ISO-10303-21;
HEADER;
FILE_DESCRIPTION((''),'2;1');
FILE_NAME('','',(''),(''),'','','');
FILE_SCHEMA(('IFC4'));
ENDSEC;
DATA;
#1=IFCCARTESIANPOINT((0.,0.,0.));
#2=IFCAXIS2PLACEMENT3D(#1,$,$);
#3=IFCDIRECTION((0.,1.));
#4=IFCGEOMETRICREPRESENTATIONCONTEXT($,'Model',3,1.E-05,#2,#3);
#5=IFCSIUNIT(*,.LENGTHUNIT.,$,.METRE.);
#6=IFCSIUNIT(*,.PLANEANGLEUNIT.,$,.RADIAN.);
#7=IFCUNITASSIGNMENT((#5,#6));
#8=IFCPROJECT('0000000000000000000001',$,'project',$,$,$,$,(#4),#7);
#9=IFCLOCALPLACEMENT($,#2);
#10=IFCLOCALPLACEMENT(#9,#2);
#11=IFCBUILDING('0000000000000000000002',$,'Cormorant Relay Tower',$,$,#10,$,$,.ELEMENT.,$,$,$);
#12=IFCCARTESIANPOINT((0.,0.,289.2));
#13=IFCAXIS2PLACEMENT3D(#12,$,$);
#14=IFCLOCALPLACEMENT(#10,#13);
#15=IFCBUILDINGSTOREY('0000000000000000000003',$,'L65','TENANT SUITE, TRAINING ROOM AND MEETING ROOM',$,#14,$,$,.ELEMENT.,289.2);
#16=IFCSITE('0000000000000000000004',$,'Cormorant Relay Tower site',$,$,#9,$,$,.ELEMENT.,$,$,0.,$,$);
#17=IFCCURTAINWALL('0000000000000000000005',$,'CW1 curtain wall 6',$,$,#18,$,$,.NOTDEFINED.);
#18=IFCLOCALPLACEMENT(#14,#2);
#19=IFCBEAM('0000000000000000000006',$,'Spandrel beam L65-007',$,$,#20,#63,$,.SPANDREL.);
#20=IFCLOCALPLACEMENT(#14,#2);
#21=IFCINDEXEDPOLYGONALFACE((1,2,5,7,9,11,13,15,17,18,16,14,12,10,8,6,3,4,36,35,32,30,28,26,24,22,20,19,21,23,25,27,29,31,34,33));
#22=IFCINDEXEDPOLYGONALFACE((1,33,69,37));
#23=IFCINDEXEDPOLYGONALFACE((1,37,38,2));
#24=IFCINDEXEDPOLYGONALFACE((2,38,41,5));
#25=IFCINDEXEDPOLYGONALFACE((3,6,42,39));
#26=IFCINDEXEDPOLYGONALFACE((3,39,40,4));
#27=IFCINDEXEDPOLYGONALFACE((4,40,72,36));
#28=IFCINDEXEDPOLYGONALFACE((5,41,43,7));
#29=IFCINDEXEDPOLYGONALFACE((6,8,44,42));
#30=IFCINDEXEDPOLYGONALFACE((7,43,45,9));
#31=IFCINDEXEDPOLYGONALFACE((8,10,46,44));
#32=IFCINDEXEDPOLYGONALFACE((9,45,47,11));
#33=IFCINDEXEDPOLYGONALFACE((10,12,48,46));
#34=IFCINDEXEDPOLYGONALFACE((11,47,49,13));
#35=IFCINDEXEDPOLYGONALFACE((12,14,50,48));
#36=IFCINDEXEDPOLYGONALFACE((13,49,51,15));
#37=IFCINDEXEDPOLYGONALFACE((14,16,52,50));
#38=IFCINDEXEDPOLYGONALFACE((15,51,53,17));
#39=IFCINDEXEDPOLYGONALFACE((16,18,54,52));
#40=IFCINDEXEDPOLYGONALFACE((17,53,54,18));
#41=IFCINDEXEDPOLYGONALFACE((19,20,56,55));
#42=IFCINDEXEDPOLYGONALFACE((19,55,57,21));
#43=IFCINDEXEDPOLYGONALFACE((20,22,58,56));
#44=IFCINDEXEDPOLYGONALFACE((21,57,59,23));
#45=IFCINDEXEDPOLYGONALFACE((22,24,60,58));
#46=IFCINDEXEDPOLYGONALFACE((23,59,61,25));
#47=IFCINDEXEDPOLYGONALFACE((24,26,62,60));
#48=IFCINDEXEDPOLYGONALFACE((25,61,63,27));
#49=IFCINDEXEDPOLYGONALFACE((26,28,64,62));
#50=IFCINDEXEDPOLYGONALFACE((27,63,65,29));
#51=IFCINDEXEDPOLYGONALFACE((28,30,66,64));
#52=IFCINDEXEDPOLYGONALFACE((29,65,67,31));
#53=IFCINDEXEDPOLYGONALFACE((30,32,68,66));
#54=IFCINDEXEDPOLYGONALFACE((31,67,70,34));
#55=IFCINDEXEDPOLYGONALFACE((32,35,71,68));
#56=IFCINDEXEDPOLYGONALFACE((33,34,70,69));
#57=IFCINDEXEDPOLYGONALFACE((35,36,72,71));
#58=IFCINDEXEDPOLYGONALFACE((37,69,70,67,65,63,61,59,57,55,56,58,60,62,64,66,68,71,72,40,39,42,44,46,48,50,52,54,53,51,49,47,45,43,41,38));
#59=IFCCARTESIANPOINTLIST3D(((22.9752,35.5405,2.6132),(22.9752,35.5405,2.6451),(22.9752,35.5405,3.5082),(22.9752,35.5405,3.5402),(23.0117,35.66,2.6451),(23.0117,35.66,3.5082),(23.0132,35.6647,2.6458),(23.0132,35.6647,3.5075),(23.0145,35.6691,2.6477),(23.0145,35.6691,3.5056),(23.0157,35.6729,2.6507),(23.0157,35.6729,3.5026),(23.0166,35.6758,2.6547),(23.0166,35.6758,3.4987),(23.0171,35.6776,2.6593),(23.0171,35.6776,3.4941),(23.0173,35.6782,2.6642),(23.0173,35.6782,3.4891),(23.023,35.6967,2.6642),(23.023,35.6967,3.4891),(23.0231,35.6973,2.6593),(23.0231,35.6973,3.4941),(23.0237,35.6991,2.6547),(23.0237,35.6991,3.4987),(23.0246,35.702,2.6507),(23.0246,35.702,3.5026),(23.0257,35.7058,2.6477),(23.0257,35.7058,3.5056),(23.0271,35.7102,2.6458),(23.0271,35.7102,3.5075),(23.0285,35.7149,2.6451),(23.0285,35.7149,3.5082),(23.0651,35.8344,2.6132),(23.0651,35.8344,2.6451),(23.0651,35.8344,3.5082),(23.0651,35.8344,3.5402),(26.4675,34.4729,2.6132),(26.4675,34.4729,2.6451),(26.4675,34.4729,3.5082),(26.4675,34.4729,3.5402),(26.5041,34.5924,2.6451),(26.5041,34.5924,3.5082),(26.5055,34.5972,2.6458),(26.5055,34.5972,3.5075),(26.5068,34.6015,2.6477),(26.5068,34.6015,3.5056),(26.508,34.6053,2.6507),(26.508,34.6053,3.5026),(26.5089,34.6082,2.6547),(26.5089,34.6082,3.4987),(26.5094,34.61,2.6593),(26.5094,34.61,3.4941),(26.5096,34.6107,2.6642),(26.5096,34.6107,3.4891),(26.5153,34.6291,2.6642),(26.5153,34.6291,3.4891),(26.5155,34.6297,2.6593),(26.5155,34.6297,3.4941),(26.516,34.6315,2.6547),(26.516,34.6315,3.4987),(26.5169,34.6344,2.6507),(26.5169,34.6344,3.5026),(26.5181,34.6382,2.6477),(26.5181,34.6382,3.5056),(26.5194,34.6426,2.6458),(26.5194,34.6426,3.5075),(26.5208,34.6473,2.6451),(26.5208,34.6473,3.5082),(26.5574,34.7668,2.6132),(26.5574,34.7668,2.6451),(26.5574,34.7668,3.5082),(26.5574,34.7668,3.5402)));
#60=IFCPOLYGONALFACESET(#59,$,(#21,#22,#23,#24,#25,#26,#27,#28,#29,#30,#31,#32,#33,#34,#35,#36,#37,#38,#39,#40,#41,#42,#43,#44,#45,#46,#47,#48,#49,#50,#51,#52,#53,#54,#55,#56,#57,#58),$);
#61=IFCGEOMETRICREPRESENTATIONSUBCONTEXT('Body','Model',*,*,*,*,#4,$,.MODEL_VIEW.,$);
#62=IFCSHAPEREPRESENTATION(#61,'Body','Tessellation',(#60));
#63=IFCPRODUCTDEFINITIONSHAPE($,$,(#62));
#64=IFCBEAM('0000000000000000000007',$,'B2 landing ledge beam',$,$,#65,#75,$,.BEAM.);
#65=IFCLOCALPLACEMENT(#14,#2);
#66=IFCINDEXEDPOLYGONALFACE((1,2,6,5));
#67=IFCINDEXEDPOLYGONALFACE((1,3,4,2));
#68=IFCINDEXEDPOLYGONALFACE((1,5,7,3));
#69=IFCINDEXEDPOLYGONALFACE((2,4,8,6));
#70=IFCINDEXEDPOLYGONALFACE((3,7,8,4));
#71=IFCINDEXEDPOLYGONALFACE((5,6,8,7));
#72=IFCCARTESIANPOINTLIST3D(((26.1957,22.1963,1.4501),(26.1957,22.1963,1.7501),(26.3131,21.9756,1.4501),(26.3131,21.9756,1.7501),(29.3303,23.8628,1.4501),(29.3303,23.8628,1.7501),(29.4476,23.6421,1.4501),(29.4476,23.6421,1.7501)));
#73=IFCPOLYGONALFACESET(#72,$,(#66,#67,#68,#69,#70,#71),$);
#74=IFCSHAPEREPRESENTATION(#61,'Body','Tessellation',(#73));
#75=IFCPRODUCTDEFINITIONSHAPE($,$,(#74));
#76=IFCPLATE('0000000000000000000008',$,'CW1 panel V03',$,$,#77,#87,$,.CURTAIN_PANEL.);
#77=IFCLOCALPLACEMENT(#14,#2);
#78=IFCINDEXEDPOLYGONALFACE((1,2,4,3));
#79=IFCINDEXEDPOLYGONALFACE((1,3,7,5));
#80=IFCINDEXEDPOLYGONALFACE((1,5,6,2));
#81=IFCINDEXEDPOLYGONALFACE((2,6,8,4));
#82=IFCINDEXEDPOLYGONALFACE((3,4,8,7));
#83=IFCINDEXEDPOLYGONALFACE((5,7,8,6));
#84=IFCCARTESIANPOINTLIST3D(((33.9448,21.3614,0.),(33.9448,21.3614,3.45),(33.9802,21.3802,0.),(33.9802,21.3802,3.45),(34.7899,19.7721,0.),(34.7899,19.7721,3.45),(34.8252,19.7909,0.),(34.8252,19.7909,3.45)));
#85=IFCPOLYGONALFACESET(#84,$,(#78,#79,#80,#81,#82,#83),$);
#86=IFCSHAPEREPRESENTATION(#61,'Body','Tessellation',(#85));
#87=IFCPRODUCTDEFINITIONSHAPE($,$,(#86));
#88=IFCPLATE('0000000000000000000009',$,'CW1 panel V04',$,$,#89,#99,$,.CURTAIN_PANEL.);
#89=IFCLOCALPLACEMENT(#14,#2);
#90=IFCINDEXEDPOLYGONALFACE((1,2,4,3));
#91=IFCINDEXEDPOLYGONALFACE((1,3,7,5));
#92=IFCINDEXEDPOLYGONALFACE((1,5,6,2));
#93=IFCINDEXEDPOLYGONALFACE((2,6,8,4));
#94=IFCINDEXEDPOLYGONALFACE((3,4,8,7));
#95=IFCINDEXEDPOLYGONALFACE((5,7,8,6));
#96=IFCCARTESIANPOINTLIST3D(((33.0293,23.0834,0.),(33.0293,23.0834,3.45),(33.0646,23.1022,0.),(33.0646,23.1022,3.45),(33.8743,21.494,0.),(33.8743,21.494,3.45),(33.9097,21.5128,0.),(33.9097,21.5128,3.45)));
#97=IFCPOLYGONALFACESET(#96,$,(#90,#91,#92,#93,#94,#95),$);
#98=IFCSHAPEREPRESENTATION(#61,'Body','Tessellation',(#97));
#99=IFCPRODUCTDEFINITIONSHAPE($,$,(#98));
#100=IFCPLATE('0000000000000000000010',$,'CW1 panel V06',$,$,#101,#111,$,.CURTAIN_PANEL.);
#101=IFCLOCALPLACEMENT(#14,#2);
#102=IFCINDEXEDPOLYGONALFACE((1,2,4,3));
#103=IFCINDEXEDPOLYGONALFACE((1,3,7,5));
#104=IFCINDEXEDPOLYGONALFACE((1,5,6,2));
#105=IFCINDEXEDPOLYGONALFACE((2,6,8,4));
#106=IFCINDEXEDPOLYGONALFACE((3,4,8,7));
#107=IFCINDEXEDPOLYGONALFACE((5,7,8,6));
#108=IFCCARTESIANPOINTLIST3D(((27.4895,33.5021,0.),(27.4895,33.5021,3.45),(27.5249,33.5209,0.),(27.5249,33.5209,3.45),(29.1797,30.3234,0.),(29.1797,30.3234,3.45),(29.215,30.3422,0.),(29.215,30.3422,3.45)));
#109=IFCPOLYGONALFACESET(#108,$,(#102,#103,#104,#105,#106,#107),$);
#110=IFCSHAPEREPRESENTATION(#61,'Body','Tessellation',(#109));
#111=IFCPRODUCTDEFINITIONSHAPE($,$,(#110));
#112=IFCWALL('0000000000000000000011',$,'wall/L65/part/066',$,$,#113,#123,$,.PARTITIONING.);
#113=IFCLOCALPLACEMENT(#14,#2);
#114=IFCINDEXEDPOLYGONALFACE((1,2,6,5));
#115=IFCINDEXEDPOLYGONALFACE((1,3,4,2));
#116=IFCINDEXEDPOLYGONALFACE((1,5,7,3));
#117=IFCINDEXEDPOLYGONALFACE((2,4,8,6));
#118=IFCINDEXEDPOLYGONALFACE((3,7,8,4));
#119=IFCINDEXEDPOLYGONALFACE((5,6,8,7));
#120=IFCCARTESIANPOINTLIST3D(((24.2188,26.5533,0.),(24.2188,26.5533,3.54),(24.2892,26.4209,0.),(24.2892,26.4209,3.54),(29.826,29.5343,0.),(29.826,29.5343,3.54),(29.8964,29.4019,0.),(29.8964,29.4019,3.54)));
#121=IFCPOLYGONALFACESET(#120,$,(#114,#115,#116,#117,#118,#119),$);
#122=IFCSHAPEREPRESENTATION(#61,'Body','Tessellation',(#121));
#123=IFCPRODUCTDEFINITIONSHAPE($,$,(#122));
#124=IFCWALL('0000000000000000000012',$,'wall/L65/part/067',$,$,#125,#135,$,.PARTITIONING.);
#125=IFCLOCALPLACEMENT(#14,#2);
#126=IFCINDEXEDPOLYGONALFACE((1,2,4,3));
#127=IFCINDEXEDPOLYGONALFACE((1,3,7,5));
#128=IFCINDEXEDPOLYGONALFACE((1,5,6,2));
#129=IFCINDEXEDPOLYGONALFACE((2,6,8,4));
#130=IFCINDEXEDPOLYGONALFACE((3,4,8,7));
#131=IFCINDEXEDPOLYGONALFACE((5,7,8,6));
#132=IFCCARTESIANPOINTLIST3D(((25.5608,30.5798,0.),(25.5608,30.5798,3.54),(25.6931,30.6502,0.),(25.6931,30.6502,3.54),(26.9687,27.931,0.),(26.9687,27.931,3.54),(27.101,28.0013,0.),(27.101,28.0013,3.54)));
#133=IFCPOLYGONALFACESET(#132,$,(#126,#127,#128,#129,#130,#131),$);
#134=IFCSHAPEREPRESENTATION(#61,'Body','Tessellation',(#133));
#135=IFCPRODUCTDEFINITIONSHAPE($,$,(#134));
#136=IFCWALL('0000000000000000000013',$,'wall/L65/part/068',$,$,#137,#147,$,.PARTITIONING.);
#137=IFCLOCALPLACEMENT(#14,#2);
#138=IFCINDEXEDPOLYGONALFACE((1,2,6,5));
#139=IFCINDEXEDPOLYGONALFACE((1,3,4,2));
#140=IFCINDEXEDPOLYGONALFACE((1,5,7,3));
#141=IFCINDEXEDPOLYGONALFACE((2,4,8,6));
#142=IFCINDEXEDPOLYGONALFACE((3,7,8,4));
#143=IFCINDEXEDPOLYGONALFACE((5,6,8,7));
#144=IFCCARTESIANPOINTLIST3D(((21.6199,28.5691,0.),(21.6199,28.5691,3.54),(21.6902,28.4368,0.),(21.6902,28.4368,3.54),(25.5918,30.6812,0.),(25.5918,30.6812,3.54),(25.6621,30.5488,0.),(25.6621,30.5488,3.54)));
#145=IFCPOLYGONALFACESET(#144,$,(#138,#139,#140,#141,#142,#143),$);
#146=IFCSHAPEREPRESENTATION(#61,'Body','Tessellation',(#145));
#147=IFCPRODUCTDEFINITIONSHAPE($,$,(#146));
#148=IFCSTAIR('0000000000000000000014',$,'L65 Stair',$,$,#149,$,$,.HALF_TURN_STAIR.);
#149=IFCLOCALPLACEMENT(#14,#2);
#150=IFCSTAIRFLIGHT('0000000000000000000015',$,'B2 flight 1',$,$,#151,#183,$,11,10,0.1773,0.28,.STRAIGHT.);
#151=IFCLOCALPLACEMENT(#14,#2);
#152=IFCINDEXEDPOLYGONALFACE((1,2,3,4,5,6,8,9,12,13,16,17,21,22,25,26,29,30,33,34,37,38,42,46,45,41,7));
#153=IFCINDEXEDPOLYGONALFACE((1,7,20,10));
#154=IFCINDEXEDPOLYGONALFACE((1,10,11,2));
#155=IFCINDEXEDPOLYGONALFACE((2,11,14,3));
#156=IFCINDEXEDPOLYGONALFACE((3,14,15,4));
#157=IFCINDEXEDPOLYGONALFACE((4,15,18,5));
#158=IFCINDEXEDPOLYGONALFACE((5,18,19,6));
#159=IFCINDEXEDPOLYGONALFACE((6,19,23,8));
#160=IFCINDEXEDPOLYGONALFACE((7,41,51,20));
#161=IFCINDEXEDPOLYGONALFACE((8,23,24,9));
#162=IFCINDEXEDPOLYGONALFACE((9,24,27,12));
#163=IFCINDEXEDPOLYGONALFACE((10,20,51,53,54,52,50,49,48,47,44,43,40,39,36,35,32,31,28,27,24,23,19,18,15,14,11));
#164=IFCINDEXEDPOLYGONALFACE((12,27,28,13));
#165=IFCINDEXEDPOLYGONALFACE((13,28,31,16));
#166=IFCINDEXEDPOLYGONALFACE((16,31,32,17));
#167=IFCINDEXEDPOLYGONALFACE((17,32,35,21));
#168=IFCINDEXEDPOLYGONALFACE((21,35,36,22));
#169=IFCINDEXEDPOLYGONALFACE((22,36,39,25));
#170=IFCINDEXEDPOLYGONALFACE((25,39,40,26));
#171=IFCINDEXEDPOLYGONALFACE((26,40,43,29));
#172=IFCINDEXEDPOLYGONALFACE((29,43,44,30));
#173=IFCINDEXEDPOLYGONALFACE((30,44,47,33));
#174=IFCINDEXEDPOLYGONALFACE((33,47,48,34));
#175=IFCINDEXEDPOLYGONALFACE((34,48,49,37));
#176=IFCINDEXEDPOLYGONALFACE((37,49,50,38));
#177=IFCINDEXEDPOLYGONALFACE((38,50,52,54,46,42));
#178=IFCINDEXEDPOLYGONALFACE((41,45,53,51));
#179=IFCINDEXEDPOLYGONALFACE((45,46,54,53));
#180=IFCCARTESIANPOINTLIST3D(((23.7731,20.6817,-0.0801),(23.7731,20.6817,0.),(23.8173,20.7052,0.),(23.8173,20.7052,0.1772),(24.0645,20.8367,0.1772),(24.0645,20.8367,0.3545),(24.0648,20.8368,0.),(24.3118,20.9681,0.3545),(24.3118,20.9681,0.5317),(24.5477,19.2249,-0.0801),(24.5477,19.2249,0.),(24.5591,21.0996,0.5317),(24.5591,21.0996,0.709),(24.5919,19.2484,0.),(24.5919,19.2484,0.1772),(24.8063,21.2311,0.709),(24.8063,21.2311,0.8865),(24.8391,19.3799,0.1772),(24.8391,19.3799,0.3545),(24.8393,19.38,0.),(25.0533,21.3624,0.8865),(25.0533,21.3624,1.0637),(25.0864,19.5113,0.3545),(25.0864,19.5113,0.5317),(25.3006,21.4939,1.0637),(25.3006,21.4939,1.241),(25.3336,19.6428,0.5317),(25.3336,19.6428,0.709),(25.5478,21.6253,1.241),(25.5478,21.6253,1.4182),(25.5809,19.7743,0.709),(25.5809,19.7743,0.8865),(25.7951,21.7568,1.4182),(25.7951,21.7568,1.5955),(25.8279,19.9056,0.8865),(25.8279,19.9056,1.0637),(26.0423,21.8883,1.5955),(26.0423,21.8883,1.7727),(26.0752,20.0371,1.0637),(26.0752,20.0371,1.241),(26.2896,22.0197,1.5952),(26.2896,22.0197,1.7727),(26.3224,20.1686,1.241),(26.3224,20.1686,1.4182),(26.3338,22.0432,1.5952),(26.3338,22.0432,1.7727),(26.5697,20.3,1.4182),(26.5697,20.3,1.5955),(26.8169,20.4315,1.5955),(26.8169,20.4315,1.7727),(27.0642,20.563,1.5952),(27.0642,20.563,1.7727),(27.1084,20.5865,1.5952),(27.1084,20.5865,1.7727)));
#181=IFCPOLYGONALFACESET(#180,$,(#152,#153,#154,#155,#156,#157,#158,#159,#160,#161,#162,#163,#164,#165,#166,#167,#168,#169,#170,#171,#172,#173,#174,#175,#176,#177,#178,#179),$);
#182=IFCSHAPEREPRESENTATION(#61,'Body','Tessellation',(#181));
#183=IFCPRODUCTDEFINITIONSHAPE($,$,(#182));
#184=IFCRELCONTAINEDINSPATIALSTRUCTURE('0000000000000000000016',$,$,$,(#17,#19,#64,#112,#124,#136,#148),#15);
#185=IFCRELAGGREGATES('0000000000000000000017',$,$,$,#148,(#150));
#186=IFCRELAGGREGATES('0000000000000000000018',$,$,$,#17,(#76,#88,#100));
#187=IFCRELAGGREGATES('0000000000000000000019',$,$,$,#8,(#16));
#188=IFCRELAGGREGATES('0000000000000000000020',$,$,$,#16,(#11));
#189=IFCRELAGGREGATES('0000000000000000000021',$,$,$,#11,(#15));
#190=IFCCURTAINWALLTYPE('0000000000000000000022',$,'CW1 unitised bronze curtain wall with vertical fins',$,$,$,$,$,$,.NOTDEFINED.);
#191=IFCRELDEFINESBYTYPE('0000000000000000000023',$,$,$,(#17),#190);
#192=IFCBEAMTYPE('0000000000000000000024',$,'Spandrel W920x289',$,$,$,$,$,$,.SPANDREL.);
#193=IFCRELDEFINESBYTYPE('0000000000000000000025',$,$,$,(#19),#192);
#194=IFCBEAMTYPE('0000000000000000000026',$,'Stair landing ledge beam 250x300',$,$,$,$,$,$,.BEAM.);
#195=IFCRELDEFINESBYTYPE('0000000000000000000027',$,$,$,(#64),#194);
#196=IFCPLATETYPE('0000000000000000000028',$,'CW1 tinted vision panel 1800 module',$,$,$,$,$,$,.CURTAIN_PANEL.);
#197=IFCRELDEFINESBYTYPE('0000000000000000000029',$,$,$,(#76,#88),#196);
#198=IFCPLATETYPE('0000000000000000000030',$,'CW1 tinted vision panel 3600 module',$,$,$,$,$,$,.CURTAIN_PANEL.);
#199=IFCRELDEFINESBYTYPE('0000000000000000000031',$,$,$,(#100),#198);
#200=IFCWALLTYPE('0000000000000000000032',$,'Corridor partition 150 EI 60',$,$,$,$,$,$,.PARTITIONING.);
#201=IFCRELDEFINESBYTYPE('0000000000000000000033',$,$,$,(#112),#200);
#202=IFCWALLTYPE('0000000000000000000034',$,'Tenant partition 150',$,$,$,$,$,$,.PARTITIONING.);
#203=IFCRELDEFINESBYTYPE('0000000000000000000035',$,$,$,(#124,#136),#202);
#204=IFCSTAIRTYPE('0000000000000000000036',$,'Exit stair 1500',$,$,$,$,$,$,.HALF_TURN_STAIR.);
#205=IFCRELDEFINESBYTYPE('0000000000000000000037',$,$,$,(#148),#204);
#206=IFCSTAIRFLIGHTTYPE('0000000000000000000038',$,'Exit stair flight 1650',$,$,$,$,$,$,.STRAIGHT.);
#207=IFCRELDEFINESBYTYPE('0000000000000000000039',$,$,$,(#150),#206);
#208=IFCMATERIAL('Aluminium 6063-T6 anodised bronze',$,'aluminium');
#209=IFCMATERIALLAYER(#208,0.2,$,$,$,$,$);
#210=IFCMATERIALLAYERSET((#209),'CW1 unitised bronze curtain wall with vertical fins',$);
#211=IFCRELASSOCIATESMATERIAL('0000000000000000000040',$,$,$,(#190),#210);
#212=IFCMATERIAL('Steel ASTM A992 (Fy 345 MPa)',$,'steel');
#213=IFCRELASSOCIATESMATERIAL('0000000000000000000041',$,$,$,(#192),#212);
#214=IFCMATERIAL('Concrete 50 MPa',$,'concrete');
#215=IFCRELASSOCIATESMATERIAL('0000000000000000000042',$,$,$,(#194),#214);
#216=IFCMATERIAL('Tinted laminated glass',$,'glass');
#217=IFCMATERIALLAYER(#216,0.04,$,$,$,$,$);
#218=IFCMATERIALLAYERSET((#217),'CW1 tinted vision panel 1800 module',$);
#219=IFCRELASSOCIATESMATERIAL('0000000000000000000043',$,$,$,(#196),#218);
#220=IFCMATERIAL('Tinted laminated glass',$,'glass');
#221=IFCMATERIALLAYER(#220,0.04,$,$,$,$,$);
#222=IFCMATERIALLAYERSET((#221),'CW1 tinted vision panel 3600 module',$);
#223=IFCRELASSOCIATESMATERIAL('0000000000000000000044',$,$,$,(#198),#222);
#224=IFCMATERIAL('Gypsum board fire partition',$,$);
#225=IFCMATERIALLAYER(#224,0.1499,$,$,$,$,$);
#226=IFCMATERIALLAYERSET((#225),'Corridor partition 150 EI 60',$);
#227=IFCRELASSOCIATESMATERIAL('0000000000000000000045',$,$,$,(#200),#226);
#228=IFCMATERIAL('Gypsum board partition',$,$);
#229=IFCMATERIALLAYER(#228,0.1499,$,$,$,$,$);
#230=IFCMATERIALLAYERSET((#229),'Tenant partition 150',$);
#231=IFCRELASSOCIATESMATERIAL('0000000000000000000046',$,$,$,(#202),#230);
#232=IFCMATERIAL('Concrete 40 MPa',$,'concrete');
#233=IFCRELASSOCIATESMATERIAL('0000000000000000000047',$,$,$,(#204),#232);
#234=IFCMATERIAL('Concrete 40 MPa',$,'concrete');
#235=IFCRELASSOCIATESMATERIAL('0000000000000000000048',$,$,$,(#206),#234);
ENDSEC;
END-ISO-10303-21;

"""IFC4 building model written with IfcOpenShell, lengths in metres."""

from ifc_helpers import new_model, si_unit, direction, frame, frame_2d, origin, origin_2d, place, context, subcontext, project, spatial, polyline, rectangle, i_section, outline, extrude, material, layer, layer_set, material_profile, profile_set, type_object, element, aggregate, save


model = new_model("IFC4")

# Units and contexts
model_context = context("Model", 3, precision=1e-05, world=origin(), true_north=direction((0.0, 1.0)))
body_context = subcontext(model_context, "Body", "Model", "MODEL_VIEW")
ifc_project = project(units=[si_unit("LENGTHUNIT", "METRE"), si_unit("PLANEANGLEUNIT", "RADIAN")], contexts=[model_context])

# Site, building, storey
site_placement = place(None, origin())
site = spatial("IfcSite", under=ifc_project, at=site_placement, Name="Cormorant Relay Tower site", CompositionType="ELEMENT", RefElevation=0.0)
building_placement = place(site_placement, origin())
building = spatial("IfcBuilding", under=site, at=building_placement, Name="Cormorant Relay Tower", CompositionType="ELEMENT")
storey_placement = place(building_placement, frame((0.0, 0.0, 289.2)))
storey = spatial("IfcBuildingStorey", under=building, at=storey_placement, Name="L65", Description="TENANT SUITE, TRAINING ROOM AND MEETING ROOM", CompositionType="ELEMENT", Elevation=289.2)

# Curtain wall
ifc_material_1 = material(Name="Aluminium 6063-T6 anodised bronze", Category="aluminium")
ifc_layer_1 = layer(ifc_material_1, 0.2)
ifc_layer_set_1 = layer_set([ifc_layer_1], Name="CW1 unitised bronze curtain wall with vertical fins")
curtain_wall_type = type_object("IfcCurtainWallType", Name="CW1 unitised bronze curtain wall with vertical fins", PredefinedType="NOTDEFINED", material=ifc_layer_set_1)
curtain_wall_1_placement = place(storey_placement, origin())
curtain_wall_1 = element("IfcCurtainWall", 1, at=curtain_wall_1_placement, inside=storey, type_object=curtain_wall_type, Name="CW1 curtain wall 6", PredefinedType="NOTDEFINED")

# Beams
ifc_material_2 = material(Name="Steel ASTM A992 (Fy 345 MPa)", Category="steel")
ifc_material_profile_1 = material_profile(ifc_material_2, i_section(OverallWidth=0.3074, OverallDepth=0.927, WebThickness=0.0193, FlangeThickness=0.032, FilletRadius=0.019, at=origin_2d()), Name="W920x289")
ifc_profile_set_1 = profile_set([ifc_material_profile_1], Name="Steel ASTM A992 (Fy 345 MPa)")
beam_type_1 = type_object("IfcBeamType", Name="Spandrel W920x289", PredefinedType="SPANDREL", material=ifc_profile_set_1)
beam_1_placement = place(storey_placement, frame((26.5125, 34.6199, 3.0767), z_axis=(-0.956314, 0.292343, 0.0), x_axis=(-0.292343, -0.956314, 0.0)))
element("IfcBeam", 2, at=beam_1_placement, inside=storey, type_object=beam_type_1, Name="Spandrel beam L65-007", PredefinedType="SPANDREL", context=body_context, shape_type="SweptSolid", body=[
    extrude(i_section(OverallWidth=0.3074, OverallDepth=0.927, WebThickness=0.0193, FlangeThickness=0.032, FilletRadius=0.019, at=origin_2d()), origin(), (0.0, 0.0, 1.0), 3.6519),
])
ifc_material_3 = material(Name="Concrete 50 MPa", Category="concrete")
ifc_material_profile_2 = material_profile(ifc_material_3, rectangle(XDim=0.25, YDim=0.3, at=origin_2d()), Name="RC 250x300")
ifc_profile_set_2 = profile_set([ifc_material_profile_2], Name="Concrete 50 MPa")
beam_type_2 = type_object("IfcBeamType", Name="Stair landing ledge beam 250x300", PredefinedType="BEAM", material=ifc_profile_set_2)
beam_2_placement = place(storey_placement, frame((26.2544, 22.0859, 1.6001), z_axis=(0.882965, 0.469438, 0.0), x_axis=(-0.469438, 0.882965, 0.0)))
element("IfcBeam", 3, at=beam_2_placement, inside=storey, type_object=beam_type_2, Name="B2 landing ledge beam", PredefinedType="BEAM", context=body_context, shape_type="SweptSolid", body=[
    extrude(rectangle(XDim=0.25, YDim=0.3, at=origin_2d()), origin(), (0.0, 0.0, 1.0), 3.55),
])

# Plates
ifc_material_4 = material(Name="Tinted laminated glass", Category="glass")
ifc_layer_2 = layer(ifc_material_4, 0.04)
ifc_layer_set_2 = layer_set([ifc_layer_2], Name="CW1 tinted vision panel 1800 module")
plate_type_1 = type_object("IfcPlateType", Name="CW1 tinted vision panel 1800 module", PredefinedType="CURTAIN_PANEL", material=ifc_layer_set_2)
plate_1_placement = place(storey_placement, frame((34.385, 20.5762, 0.0), z_axis=(0.0, 0.0, 1.0), x_axis=(-0.469472, 0.882948, 0.0)))
plate_1 = element("IfcPlate", 4, at=plate_1_placement, type_object=plate_type_1, Name="CW1 panel V03", PredefinedType="CURTAIN_PANEL", context=body_context, shape_type="SweptSolid", body=[
    extrude(rectangle(XDim=1.8, YDim=0.04, at=origin_2d()), origin(), (0.0, 0.0, 1.0), 3.45),
])
plate_2_placement = place(storey_placement, frame((33.4695, 22.2981, 0.0), z_axis=(0.0, 0.0, 1.0), x_axis=(-0.469472, 0.882948, 0.0)))
plate_2 = element("IfcPlate", 5, at=plate_2_placement, type_object=plate_type_1, Name="CW1 panel V04", PredefinedType="CURTAIN_PANEL", context=body_context, shape_type="SweptSolid", body=[
    extrude(rectangle(XDim=1.8, YDim=0.04, at=origin_2d()), origin(), (0.0, 0.0, 1.0), 3.45),
])
ifc_material_5 = material(Name="Tinted laminated glass", Category="glass")
ifc_layer_3 = layer(ifc_material_5, 0.04)
ifc_layer_set_3 = layer_set([ifc_layer_3], Name="CW1 tinted vision panel 3600 module")
plate_type_2 = type_object("IfcPlateType", Name="CW1 tinted vision panel 3600 module", PredefinedType="CURTAIN_PANEL", material=ifc_layer_set_3)
plate_3_placement = place(storey_placement, frame((28.3523, 31.9221, 0.0), z_axis=(0.0, 0.0, 1.0), x_axis=(-0.469472, 0.882948, 0.0)))
plate_3 = element("IfcPlate", 6, at=plate_3_placement, type_object=plate_type_2, Name="CW1 panel V06", PredefinedType="CURTAIN_PANEL", context=body_context, shape_type="SweptSolid", body=[
    extrude(rectangle(XDim=3.6001, YDim=0.04, at=origin_2d()), origin(), (0.0, 0.0, 1.0), 3.45),
])

# Walls
ifc_material_6 = material(Name="Gypsum board fire partition")
ifc_layer_4 = layer(ifc_material_6, 0.1499)
ifc_layer_set_4 = layer_set([ifc_layer_4], Name="Corridor partition 150 EI 60")
wall_type_1 = type_object("IfcWallType", Name="Corridor partition 150 EI 60", PredefinedType="PARTITIONING", material=ifc_layer_set_4)
wall_1_placement = place(storey_placement, frame((24.2539, 26.4871, 0.0), z_axis=(0.0, 0.0, 1.0), x_axis=(0.882976, 0.469418, 0.0)))
element("IfcWall", 7, at=wall_1_placement, inside=storey, type_object=wall_type_1, Name="wall/L65/part/066", PredefinedType="PARTITIONING", context=body_context, shape_type="SweptSolid", body=[
    extrude(rectangle(XDim=6.3503, YDim=0.1499, at=frame_2d((3.1753, 0.0))), origin(), (0.0, 0.0, 1.0), 3.54),
])
ifc_material_7 = material(Name="Gypsum board partition")
ifc_layer_5 = layer(ifc_material_7, 0.1499)
ifc_layer_set_5 = layer_set([ifc_layer_5], Name="Tenant partition 150")
wall_type_2 = type_object("IfcWallType", Name="Tenant partition 150", PredefinedType="PARTITIONING", material=ifc_layer_set_5)
wall_2_placement = place(storey_placement, frame((27.0349, 27.9661, 0.0), z_axis=(0.0, 0.0, 1.0), x_axis=(-0.469342, 0.883017, 0.0)))
element("IfcWall", 8, at=wall_2_placement, inside=storey, type_object=wall_type_2, Name="wall/L65/part/067", PredefinedType="PARTITIONING", context=body_context, shape_type="SweptSolid", body=[
    extrude(rectangle(XDim=2.9998, YDim=0.1499, at=frame_2d((1.5, 0.0))), origin(), (0.0, 0.0, 1.0), 3.54),
])
wall_3_placement = place(storey_placement, frame((25.627, 30.615, 0.0), z_axis=(0.0, 0.0, 1.0), x_axis=(-0.882934, -0.469498, 0.0)))
element("IfcWall", 9, at=wall_3_placement, inside=storey, type_object=wall_type_2, Name="wall/L65/part/068", PredefinedType="PARTITIONING", context=body_context, shape_type="SweptSolid", body=[
    extrude(rectangle(XDim=4.4985, YDim=0.1499, at=frame_2d((2.2493, 0.0))), origin(), (0.0, 0.0, 1.0), 3.54),
])

# Stair, stair flight
ifc_material_8 = material(Name="Concrete 40 MPa", Category="concrete")
stair_type = type_object("IfcStairType", Name="Exit stair 1500", PredefinedType="HALF_TURN_STAIR", material=ifc_material_8)
stair_placement = place(storey_placement, origin())
stair = element("IfcStair", 10, at=stair_placement, inside=storey, type_object=stair_type, Name="L65 Stair", PredefinedType="HALF_TURN_STAIR")
ifc_material_9 = material(Name="Concrete 40 MPa", Category="concrete")
stair_flight_type = type_object("IfcStairFlightType", Name="Exit stair flight 1650", PredefinedType="STRAIGHT", material=ifc_material_9)
stair_flight_1_placement = place(storey_placement, frame((24.2046, 19.9768, 0.0), z_axis=(0.0, 0.0, 1.0), x_axis=(0.882948, 0.469472, 0.0)))
stair_flight_1 = element("IfcStairFlight", 11, at=stair_flight_1_placement, type_object=stair_flight_type, Name="B2 flight 1", NumberOfRisers=11, NumberOfTreads=10, PredefinedType="STRAIGHT", RiserHeight=0.1773, TreadLength=0.28, context=body_context, shape_type="SweptSolid", body=[
    extrude(outline(polyline([(-0.05, -0.0801), (-0.05, 0.0), (0.0, 0.0), (0.0, 0.1772), (0.28, 0.1772), (0.28, 0.3545), (0.5601, 0.3545), (0.5601, 0.5317), (0.8401, 0.5317), (0.8401, 0.709), (1.1201, 0.709), (1.1201, 0.8865), (1.3999, 0.8865), (1.3999, 1.0637), (1.6799, 1.0637), (1.6799, 1.241), (1.96, 1.241), (1.96, 1.4182), (2.24, 1.4182), (2.24, 1.5955), (2.52, 1.5955), (2.52, 1.7727), (2.8, 1.7727), (2.8501, 1.7727), (2.8501, 1.5952), (2.8, 1.5952), (0.2803, 0.0), (-0.05, -0.0801)])), frame((0.0, 0.825, 0.0), z_axis=(0.0, -1.0, 0.0), x_axis=(1.0, 0.0, 0.0)), (0.0, 0.0, 1.0), 1.6499),
])
aggregate(stair, [stair_flight_1])

aggregate(curtain_wall_1, [plate_1, plate_2, plate_3])

save(model, "model.ifc")
